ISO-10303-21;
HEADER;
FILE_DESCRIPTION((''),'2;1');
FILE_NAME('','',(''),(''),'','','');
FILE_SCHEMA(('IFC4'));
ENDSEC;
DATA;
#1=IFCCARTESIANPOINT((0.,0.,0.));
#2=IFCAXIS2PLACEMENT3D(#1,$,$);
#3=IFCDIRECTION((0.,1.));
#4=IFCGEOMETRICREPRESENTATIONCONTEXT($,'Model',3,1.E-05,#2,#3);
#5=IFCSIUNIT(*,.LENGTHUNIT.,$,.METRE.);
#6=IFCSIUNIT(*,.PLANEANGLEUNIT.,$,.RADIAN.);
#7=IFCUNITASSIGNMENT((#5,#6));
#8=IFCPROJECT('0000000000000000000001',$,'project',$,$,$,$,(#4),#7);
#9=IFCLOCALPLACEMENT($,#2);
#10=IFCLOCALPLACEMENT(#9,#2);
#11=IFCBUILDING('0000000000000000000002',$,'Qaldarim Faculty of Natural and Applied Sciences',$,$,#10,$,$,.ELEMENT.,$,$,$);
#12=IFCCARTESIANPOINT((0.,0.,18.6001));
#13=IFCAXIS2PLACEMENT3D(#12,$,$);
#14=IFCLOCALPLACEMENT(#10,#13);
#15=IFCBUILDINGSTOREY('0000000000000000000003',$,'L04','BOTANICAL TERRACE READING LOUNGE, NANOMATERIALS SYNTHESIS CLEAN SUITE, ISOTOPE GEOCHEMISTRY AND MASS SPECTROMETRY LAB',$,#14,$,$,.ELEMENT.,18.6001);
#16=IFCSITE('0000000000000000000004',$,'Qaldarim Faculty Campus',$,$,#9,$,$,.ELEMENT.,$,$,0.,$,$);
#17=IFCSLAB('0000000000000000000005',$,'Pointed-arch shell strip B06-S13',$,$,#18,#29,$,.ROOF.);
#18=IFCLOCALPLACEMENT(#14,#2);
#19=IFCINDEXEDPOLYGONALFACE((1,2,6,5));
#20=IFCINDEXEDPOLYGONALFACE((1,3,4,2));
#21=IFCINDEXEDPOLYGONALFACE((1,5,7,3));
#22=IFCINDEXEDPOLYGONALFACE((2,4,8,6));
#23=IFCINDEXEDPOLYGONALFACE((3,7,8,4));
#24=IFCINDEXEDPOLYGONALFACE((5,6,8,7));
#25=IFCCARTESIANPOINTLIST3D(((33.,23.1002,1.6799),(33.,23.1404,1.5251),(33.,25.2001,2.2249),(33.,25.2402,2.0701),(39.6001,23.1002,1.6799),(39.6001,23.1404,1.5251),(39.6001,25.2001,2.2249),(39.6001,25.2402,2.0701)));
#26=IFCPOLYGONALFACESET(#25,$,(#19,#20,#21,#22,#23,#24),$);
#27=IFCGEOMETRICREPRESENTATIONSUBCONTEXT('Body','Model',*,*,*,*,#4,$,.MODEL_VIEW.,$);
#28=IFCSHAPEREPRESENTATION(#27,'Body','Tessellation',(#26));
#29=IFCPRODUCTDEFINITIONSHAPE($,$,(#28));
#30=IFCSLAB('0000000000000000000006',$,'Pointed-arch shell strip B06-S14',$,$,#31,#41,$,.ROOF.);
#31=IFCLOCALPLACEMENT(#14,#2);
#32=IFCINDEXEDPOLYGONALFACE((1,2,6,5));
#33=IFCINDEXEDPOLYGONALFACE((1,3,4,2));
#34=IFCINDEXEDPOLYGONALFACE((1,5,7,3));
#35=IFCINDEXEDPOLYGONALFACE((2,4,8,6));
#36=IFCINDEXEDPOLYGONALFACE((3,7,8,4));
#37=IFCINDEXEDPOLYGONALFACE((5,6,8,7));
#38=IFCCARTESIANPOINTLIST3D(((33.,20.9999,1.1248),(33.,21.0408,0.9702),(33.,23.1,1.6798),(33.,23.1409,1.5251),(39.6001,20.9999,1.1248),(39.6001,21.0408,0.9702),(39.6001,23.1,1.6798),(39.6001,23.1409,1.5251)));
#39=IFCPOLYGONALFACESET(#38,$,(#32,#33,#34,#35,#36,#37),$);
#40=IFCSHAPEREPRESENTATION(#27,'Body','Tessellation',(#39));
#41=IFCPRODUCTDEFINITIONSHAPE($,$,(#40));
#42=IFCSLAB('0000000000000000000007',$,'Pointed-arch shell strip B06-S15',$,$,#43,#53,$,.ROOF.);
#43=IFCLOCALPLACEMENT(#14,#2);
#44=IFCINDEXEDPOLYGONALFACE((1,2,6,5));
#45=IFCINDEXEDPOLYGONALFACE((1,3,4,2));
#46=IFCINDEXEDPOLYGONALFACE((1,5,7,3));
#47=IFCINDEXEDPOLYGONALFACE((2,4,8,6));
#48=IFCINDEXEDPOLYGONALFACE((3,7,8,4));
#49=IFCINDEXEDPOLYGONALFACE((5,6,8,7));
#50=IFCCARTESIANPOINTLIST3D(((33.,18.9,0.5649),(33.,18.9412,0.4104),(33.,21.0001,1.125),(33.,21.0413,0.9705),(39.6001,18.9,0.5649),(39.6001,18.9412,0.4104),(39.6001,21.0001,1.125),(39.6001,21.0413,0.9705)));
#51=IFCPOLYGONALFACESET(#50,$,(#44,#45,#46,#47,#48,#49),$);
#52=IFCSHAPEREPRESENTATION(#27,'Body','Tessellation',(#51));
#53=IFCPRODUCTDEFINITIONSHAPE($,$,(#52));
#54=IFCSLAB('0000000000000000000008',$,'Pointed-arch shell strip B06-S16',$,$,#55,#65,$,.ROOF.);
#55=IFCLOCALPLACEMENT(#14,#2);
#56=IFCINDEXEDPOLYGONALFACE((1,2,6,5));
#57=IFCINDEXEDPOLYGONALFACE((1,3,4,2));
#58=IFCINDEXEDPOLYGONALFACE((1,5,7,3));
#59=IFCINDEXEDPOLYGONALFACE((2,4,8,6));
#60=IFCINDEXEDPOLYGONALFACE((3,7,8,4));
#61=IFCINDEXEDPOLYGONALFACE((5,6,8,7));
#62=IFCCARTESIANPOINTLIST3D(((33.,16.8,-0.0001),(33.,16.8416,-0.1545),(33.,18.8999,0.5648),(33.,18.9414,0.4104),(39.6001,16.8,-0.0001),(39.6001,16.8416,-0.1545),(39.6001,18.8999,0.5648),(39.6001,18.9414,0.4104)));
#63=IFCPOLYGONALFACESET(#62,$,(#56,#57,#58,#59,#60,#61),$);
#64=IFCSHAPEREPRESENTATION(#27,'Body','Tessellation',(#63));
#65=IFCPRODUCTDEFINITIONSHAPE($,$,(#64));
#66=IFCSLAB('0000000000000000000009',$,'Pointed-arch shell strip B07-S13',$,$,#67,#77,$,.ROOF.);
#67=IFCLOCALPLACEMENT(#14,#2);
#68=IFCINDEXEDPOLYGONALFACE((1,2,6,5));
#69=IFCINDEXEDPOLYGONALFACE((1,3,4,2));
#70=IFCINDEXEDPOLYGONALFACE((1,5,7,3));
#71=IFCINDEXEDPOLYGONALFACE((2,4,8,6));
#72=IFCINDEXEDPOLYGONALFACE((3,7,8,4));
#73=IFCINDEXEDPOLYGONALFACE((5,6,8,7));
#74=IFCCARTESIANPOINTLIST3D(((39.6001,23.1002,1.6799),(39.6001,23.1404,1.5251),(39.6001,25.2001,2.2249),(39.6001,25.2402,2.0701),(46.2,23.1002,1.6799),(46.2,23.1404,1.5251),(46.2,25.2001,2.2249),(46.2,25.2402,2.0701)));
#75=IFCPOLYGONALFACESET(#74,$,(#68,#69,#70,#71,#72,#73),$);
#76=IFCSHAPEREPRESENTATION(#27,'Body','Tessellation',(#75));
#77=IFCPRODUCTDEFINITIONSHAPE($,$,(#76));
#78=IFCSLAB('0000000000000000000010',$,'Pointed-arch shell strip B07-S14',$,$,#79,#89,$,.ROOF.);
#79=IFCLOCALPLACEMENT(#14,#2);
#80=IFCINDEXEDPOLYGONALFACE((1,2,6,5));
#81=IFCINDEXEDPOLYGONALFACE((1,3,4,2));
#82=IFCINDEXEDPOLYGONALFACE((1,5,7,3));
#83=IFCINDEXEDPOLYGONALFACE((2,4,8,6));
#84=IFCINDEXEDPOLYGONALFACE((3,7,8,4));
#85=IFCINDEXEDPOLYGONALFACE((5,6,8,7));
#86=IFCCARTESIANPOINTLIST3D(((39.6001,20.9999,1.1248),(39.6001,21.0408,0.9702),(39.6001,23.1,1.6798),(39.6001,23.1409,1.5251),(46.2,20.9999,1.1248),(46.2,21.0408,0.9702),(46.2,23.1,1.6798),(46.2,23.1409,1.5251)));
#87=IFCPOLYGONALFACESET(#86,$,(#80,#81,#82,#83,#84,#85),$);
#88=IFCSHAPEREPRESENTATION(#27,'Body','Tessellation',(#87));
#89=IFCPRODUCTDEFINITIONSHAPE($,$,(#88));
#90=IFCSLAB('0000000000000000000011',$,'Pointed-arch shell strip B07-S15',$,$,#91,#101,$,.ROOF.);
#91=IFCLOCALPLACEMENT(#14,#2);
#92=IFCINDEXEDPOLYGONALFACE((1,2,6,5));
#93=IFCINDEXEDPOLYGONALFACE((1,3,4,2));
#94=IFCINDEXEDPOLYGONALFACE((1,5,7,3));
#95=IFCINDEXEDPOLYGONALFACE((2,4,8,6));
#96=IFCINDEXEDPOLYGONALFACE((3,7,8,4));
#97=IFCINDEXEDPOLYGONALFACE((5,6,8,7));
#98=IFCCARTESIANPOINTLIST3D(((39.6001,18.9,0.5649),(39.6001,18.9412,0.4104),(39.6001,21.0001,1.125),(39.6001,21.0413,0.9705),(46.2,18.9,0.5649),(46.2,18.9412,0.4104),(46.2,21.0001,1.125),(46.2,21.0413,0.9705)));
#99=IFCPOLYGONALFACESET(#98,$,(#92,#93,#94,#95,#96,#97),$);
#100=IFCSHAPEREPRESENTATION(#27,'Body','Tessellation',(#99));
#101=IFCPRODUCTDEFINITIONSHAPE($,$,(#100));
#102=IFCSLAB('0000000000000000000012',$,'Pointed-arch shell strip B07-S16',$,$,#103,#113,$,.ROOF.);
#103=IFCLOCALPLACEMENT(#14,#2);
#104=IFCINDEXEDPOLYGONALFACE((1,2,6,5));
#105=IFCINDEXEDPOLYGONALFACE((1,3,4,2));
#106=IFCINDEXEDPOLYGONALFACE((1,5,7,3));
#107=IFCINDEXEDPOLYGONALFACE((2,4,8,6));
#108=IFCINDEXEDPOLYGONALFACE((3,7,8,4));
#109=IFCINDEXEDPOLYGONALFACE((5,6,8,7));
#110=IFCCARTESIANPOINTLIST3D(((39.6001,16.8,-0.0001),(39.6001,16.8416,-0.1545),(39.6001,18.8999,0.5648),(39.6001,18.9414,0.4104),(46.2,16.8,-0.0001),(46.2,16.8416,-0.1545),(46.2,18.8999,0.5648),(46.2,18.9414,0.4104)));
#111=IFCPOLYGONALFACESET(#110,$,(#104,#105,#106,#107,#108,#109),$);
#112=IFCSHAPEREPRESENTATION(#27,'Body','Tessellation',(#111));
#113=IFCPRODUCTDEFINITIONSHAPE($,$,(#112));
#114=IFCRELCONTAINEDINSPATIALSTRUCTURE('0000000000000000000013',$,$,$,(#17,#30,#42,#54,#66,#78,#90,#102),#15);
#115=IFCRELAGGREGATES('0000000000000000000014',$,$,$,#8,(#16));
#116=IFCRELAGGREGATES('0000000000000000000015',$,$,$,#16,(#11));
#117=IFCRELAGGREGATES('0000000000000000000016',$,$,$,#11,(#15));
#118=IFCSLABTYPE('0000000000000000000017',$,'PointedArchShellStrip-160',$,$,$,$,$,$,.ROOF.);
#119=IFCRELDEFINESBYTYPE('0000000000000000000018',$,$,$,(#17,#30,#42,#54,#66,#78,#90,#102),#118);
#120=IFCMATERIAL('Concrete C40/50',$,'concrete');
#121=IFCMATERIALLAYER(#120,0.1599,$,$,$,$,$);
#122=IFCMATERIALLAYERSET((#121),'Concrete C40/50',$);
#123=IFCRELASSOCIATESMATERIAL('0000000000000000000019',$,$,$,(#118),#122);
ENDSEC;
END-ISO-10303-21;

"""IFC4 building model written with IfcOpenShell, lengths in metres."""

from ifc_helpers import new_model, si_unit, direction, frame, origin, place, context, subcontext, project, spatial, polyline, outline, extrude, material, layer, layer_set, type_object, element, save


model = new_model("IFC4")

# Units and contexts
model_context = context("Model", 3, precision=1e-05, world=origin(), true_north=direction((0.0, 1.0)))
body_context = subcontext(model_context, "Body", "Model", "MODEL_VIEW")
ifc_project = project(units=[si_unit("LENGTHUNIT", "METRE"), si_unit("PLANEANGLEUNIT", "RADIAN")], contexts=[model_context])

# Site, building, storey
site_placement = place(None, origin())
site = spatial("IfcSite", under=ifc_project, at=site_placement, Name="Qaldarim Faculty Campus", CompositionType="ELEMENT", RefElevation=0.0)
building_placement = place(site_placement, origin())
building = spatial("IfcBuilding", under=site, at=building_placement, Name="Qaldarim Faculty of Natural and Applied Sciences", CompositionType="ELEMENT")
storey_placement = place(building_placement, frame((0.0, 0.0, 18.6001)))
storey = spatial("IfcBuildingStorey", under=building, at=storey_placement, Name="L04", Description="BOTANICAL TERRACE READING LOUNGE, NANOMATERIALS SYNTHESIS CLEAN SUITE, ISOTOPE GEOCHEMISTRY AND MASS SPECTROMETRY LAB", CompositionType="ELEMENT", Elevation=18.6001)

# Slabs
ifc_material_1 = material(Name="Concrete C40/50", Category="concrete")
ifc_layer = layer(ifc_material_1, 0.1599)
ifc_layer_set = layer_set([ifc_layer], Name="Concrete C40/50")
slab_type = type_object("IfcSlabType", Name="PointedArchShellStrip-160", PredefinedType="ROOF", material=ifc_layer_set)
slab_1_placement = place(storey_placement, frame((33.0, 23.1404, 1.5251), z_axis=(0.0, -0.251185, 0.967939), x_axis=(1.0, 0.0, 0.0)))
element("IfcSlab", 1, at=slab_1_placement, inside=storey, type_object=slab_type, Name="Pointed-arch shell strip B06-S13", PredefinedType="ROOF", context=body_context, shape_type="SweptSolid", body=[
    extrude(outline(polyline([(0.0, 0.0), (6.6001, 0.0), (6.6001, 2.1694), (0.0, 2.1694), (0.0, 0.0)])), origin(), (0.0, 0.0, 1.0), 0.1599),
])
slab_2_placement = place(storey_placement, frame((33.0, 21.0408, 0.9702), z_axis=(0.0, -0.255472, 0.966816), x_axis=(1.0, 0.0, 0.0)))
element("IfcSlab", 2, at=slab_2_placement, inside=storey, type_object=slab_type, Name="Pointed-arch shell strip B06-S14", PredefinedType="ROOF", context=body_context, shape_type="SweptSolid", body=[
    extrude(outline(polyline([(0.0, 0.0), (6.6001, 0.0), (6.6001, 2.1722), (0.0, 2.1722), (0.0, 0.0)])), origin(), (0.0, 0.0, 1.0), 0.1599),
])
slab_3_placement = place(storey_placement, frame((33.0, 18.9412, 0.4104), z_axis=(0.0, -0.257677, 0.966231), x_axis=(1.0, 0.0, 0.0)))
element("IfcSlab", 3, at=slab_3_placement, inside=storey, type_object=slab_type, Name="Pointed-arch shell strip B06-S15", PredefinedType="ROOF", context=body_context, shape_type="SweptSolid", body=[
    extrude(outline(polyline([(0.0, 0.0), (6.6001, 0.0), (6.6001, 2.1735), (0.0, 2.1735), (0.0, 0.0)])), origin(), (0.0, 0.0, 1.0), 0.1599),
])
slab_4_placement = place(storey_placement, frame((33.0, 16.8416, -0.1545), z_axis=(0.0, -0.2598, 0.965662), x_axis=(1.0, 0.0, 0.0)))
element("IfcSlab", 4, at=slab_4_placement, inside=storey, type_object=slab_type, Name="Pointed-arch shell strip B06-S16", PredefinedType="ROOF", context=body_context, shape_type="SweptSolid", body=[
    extrude(outline(polyline([(0.0, 0.0), (6.6001, 0.0), (6.6001, 2.1745), (0.0, 2.1745), (0.0, 0.0)])), origin(), (0.0, 0.0, 1.0), 0.1599),
])
slab_5_placement = place(storey_placement, frame((39.6001, 23.1404, 1.5251), z_axis=(0.0, -0.251185, 0.967939), x_axis=(1.0, 0.0, 0.0)))
element("IfcSlab", 5, at=slab_5_placement, inside=storey, type_object=slab_type, Name="Pointed-arch shell strip B07-S13", PredefinedType="ROOF", context=body_context, shape_type="SweptSolid", body=[
    extrude(outline(polyline([(0.0, 0.0), (6.5999, 0.0), (6.5999, 2.1694), (0.0, 2.1694), (0.0, 0.0)])), origin(), (0.0, 0.0, 1.0), 0.1599),
])
slab_6_placement = place(storey_placement, frame((39.6001, 21.0408, 0.9702), z_axis=(0.0, -0.255472, 0.966816), x_axis=(1.0, 0.0, 0.0)))
element("IfcSlab", 6, at=slab_6_placement, inside=storey, type_object=slab_type, Name="Pointed-arch shell strip B07-S14", PredefinedType="ROOF", context=body_context, shape_type="SweptSolid", body=[
    extrude(outline(polyline([(0.0, 0.0), (6.5999, 0.0), (6.5999, 2.1722), (0.0, 2.1722), (0.0, 0.0)])), origin(), (0.0, 0.0, 1.0), 0.1599),
])
slab_7_placement = place(storey_placement, frame((39.6001, 18.9412, 0.4104), z_axis=(0.0, -0.257677, 0.966231), x_axis=(1.0, 0.0, 0.0)))
element("IfcSlab", 7, at=slab_7_placement, inside=storey, type_object=slab_type, Name="Pointed-arch shell strip B07-S15", PredefinedType="ROOF", context=body_context, shape_type="SweptSolid", body=[
    extrude(outline(polyline([(0.0, 0.0), (6.5999, 0.0), (6.5999, 2.1735), (0.0, 2.1735), (0.0, 0.0)])), origin(), (0.0, 0.0, 1.0), 0.1599),
])
slab_8_placement = place(storey_placement, frame((39.6001, 16.8416, -0.1545), z_axis=(0.0, -0.2598, 0.965662), x_axis=(1.0, 0.0, 0.0)))
element("IfcSlab", 8, at=slab_8_placement, inside=storey, type_object=slab_type, Name="Pointed-arch shell strip B07-S16", PredefinedType="ROOF", context=body_context, shape_type="SweptSolid", body=[
    extrude(outline(polyline([(0.0, 0.0), (6.5999, 0.0), (6.5999, 2.1745), (0.0, 2.1745), (0.0, 0.0)])), origin(), (0.0, 0.0, 1.0), 0.1599),
])

save(model, "model.ifc")
